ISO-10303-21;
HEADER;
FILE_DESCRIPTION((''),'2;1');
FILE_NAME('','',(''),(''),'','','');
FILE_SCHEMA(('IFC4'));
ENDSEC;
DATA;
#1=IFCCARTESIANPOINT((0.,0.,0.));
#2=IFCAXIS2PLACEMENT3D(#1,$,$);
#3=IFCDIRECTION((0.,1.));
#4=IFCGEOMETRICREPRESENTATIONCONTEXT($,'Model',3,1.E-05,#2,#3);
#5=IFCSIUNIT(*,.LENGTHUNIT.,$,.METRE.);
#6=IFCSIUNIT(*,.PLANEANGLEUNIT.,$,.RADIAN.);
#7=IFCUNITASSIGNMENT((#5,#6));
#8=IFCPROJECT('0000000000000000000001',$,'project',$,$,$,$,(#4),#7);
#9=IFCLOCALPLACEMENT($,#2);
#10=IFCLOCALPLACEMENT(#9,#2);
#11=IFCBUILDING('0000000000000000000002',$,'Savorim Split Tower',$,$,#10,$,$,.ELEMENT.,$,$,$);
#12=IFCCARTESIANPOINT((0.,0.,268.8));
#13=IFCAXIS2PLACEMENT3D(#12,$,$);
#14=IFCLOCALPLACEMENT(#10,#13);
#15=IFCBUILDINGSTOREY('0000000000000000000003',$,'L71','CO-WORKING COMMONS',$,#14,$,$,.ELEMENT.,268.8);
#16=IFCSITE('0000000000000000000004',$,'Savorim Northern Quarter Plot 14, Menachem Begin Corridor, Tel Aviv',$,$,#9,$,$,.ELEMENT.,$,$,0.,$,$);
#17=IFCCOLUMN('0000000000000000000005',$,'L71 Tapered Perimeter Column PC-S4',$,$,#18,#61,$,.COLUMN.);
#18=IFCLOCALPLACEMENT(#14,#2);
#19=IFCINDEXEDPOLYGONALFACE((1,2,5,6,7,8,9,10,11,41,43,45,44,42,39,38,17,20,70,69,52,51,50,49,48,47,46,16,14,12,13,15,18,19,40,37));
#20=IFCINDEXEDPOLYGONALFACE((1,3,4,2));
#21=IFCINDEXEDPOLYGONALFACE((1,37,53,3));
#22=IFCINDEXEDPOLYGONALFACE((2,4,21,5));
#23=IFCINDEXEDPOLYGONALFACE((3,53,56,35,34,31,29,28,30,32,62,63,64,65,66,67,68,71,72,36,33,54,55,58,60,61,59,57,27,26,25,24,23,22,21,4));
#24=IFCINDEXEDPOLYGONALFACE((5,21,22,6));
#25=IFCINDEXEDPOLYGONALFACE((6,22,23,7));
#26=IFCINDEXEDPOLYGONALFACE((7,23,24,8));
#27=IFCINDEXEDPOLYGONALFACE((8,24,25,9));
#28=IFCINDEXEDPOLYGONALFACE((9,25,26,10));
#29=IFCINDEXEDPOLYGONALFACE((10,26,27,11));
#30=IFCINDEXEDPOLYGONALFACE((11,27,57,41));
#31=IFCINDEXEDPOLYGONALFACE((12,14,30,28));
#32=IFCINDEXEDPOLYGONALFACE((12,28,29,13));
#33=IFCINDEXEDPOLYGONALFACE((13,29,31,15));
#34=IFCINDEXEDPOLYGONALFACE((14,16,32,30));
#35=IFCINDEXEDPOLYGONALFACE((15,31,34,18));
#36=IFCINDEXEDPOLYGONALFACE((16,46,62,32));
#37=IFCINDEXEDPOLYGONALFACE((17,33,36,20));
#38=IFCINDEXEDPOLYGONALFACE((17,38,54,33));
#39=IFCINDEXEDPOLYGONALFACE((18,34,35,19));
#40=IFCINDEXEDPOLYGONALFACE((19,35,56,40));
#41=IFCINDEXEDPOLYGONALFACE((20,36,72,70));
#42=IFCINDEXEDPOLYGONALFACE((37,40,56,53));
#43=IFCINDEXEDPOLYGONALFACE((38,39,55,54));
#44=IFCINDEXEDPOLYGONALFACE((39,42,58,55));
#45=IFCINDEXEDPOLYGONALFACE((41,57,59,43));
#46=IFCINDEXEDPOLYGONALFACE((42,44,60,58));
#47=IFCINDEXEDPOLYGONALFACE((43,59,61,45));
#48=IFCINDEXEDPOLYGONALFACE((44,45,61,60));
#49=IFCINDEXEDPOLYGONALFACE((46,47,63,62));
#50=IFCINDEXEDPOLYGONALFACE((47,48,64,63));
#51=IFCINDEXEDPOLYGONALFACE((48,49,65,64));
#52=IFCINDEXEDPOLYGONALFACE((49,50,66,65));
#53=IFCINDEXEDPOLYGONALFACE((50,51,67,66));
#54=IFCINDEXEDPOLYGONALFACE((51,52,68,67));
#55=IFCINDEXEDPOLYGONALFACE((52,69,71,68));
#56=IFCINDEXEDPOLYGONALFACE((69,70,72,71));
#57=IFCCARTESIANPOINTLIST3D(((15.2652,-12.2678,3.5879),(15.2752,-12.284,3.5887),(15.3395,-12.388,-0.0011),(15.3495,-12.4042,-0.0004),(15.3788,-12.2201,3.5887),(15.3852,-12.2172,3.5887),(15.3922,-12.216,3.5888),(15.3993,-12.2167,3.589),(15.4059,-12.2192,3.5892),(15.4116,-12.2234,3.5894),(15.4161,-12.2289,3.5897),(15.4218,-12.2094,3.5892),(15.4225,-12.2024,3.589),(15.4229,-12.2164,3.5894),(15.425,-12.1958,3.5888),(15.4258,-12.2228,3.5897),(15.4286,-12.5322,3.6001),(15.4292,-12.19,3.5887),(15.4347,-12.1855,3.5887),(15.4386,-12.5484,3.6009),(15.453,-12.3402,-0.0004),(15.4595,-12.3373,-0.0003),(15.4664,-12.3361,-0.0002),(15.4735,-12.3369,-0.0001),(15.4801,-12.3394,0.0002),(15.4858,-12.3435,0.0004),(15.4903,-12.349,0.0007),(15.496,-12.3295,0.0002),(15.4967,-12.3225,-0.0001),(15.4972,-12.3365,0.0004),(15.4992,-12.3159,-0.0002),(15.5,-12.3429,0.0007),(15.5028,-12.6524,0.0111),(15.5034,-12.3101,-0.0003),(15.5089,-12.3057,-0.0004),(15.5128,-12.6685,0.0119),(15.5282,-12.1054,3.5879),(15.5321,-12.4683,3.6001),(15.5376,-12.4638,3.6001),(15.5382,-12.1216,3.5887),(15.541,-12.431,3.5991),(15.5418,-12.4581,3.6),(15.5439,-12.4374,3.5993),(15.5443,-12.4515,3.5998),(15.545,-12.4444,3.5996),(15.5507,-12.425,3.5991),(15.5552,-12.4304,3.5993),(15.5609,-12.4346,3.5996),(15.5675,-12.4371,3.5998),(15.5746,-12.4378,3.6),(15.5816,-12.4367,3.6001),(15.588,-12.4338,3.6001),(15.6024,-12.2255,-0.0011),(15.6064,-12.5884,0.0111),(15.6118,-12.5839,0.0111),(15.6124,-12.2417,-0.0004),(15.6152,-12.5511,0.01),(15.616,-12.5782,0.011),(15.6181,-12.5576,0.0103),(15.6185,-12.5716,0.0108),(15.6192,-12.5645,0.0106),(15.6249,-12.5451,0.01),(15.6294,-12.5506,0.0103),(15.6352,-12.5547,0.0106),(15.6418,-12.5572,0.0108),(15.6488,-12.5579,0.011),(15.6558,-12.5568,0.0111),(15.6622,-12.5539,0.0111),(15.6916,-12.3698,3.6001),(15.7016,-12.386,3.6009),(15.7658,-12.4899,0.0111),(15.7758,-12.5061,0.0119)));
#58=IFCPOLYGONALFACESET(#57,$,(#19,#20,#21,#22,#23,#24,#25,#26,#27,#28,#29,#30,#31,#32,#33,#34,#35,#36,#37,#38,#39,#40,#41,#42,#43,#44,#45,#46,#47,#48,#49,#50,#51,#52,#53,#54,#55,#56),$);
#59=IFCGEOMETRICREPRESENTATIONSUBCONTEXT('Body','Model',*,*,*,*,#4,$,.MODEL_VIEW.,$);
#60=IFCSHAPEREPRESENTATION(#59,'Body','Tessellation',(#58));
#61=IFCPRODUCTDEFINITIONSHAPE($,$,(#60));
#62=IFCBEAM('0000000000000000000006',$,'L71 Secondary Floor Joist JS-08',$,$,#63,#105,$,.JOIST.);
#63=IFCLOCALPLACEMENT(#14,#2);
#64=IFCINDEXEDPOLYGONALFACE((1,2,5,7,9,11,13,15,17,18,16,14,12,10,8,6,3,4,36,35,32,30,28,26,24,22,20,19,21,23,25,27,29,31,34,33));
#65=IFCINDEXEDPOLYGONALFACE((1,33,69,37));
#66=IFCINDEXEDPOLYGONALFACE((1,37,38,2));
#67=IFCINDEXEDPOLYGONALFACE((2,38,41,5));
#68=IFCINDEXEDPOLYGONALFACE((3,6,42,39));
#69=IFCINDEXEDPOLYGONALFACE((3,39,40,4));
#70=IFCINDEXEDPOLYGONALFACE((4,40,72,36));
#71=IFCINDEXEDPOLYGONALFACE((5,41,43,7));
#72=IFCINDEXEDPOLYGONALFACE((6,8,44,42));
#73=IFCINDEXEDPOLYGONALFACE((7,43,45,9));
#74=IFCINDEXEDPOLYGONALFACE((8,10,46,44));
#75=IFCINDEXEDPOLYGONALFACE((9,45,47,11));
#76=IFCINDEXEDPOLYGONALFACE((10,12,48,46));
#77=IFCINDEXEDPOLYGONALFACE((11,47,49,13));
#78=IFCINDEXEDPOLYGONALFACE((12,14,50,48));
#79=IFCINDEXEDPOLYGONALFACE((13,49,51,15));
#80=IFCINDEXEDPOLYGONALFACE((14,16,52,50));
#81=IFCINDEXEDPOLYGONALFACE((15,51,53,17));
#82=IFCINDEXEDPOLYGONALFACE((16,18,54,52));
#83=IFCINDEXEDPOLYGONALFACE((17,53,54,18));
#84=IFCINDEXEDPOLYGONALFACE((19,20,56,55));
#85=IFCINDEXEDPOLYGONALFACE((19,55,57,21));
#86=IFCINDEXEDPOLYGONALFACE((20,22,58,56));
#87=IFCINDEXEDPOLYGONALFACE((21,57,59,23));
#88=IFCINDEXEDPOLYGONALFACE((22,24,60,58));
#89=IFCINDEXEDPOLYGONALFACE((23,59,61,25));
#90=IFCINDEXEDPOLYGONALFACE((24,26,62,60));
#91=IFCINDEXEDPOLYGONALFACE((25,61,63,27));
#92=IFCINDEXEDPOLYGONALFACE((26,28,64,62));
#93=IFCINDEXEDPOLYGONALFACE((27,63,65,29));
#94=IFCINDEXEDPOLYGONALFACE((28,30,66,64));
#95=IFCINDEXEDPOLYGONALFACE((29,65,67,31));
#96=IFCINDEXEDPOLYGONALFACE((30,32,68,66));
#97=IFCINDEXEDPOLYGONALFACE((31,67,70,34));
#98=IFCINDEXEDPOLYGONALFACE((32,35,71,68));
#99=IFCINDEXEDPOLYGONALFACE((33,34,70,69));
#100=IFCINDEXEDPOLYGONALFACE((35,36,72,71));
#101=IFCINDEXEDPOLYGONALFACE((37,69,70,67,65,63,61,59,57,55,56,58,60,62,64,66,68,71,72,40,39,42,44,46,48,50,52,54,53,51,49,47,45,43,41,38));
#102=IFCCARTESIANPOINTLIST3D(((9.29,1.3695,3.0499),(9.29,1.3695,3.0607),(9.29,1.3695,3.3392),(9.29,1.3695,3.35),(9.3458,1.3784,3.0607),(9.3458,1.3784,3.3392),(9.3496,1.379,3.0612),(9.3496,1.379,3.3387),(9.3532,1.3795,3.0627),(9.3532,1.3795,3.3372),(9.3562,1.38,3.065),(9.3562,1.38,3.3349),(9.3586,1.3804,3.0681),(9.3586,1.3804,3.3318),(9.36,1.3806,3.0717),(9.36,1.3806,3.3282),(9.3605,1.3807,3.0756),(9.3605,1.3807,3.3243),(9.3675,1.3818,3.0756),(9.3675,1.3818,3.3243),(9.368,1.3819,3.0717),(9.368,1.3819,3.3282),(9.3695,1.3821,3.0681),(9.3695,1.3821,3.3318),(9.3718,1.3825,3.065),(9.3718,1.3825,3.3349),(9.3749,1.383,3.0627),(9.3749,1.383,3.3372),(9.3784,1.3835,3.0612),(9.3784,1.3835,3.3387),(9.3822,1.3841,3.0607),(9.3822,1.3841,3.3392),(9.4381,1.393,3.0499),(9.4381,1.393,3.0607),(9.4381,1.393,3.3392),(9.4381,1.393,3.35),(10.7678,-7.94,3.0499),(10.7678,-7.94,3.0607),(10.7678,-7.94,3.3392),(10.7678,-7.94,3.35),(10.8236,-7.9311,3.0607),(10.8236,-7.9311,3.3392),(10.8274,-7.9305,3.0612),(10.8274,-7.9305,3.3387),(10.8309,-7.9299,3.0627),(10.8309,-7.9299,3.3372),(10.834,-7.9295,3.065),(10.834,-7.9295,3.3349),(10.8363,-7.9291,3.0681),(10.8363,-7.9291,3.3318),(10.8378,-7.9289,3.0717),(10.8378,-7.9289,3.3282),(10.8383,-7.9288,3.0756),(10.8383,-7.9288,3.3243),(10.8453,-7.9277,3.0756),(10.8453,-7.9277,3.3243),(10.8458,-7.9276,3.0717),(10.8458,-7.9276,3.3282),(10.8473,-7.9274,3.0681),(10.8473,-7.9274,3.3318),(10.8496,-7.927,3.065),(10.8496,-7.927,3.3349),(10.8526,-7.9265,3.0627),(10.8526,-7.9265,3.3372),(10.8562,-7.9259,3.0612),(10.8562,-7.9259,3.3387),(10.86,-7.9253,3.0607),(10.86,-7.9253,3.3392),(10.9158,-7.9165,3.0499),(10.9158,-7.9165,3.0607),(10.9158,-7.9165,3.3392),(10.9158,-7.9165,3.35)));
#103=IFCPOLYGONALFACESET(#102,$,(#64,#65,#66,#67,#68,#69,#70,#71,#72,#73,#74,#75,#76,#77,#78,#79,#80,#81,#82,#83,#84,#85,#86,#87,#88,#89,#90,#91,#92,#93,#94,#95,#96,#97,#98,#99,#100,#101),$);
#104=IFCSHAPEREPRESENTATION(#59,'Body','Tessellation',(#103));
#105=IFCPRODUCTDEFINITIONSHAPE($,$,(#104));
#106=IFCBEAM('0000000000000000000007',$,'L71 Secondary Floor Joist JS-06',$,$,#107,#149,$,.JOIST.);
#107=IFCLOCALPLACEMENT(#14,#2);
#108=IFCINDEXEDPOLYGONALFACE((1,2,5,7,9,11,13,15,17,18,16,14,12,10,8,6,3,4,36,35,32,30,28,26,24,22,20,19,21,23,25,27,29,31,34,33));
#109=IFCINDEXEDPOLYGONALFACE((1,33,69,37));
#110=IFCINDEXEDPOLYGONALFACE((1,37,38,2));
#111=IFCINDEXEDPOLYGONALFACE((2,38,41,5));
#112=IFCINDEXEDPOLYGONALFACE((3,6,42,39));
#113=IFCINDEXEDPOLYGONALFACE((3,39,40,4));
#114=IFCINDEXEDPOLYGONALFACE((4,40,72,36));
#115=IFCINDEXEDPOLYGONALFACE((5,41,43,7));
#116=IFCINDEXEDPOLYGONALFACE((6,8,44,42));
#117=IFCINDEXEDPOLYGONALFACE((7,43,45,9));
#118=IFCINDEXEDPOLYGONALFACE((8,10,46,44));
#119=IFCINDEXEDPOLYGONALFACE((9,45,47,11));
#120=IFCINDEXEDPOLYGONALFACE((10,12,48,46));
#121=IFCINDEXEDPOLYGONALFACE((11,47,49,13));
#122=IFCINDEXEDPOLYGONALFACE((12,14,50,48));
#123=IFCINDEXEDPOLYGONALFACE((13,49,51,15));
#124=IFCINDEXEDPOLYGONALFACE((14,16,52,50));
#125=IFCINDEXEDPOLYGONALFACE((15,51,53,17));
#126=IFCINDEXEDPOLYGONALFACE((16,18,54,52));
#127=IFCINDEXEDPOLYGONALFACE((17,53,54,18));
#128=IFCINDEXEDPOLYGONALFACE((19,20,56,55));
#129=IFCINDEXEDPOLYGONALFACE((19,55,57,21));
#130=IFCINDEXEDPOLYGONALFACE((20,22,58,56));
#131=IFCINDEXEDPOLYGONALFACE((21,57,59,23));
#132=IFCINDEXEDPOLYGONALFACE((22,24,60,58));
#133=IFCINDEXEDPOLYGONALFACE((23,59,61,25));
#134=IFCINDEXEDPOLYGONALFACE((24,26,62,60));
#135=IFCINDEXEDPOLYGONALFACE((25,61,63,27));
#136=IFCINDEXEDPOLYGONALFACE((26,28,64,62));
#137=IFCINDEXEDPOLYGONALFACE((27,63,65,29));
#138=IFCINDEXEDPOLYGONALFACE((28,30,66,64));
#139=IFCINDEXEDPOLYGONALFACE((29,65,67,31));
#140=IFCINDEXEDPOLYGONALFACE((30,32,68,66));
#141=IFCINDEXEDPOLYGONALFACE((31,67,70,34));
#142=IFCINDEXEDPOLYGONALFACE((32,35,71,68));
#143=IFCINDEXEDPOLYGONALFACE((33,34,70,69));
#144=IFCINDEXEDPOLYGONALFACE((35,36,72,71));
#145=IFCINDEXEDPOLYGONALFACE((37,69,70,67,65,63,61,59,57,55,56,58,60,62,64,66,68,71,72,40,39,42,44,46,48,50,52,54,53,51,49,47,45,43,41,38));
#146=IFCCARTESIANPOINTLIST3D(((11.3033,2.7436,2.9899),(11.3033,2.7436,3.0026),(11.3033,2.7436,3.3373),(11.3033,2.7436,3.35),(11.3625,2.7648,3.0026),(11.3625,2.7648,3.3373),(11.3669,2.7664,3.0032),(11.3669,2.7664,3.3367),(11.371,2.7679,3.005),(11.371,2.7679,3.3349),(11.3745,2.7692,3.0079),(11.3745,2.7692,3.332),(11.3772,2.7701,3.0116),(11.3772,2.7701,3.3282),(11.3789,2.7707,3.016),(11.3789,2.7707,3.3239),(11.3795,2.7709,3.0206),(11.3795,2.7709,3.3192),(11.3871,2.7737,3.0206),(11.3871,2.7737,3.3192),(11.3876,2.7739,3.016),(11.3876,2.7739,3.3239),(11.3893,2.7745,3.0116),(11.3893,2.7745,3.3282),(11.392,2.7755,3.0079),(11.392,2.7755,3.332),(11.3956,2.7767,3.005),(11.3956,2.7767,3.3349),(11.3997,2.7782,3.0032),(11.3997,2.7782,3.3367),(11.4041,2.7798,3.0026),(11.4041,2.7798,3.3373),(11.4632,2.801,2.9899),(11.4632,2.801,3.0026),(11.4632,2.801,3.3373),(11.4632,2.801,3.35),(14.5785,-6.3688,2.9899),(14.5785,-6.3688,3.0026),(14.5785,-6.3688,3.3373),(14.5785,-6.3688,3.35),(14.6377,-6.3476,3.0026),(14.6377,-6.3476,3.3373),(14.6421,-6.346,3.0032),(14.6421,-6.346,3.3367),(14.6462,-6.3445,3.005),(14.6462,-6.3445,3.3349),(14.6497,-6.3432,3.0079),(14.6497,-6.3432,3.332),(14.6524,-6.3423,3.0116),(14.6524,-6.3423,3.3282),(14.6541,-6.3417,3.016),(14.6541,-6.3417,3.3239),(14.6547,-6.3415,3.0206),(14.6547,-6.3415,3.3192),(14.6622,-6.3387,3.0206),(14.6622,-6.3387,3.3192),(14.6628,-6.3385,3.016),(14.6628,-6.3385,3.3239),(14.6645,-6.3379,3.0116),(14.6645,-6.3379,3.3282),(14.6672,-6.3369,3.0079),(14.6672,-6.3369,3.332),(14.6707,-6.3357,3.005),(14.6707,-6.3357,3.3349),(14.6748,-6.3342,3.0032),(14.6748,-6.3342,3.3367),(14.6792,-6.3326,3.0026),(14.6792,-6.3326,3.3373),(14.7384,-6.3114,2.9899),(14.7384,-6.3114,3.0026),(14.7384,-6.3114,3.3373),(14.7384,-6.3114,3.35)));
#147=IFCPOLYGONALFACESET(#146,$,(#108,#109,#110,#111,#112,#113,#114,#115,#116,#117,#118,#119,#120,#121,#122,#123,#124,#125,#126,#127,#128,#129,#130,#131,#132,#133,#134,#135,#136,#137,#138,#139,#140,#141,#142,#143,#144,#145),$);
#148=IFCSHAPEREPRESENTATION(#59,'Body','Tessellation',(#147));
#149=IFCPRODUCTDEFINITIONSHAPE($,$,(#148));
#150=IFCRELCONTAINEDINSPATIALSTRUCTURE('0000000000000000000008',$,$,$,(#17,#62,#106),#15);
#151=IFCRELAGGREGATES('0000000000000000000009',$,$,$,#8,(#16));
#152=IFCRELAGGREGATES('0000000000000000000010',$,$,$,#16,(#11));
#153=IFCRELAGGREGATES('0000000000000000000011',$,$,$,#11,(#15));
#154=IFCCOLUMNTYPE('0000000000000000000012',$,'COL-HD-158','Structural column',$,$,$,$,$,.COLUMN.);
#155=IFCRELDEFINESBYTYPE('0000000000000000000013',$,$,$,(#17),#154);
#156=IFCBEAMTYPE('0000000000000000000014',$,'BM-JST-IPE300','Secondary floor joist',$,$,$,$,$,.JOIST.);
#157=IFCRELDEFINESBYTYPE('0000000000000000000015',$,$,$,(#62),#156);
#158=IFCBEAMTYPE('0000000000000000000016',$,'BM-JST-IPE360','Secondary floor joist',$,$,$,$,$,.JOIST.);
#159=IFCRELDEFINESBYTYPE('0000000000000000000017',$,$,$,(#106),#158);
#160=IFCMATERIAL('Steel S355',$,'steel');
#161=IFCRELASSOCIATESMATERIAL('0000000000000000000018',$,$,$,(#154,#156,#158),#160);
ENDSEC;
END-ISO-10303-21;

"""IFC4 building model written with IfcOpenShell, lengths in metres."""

from ifc_helpers import new_model, si_unit, direction, frame, origin, origin_2d, place, context, subcontext, project, spatial, i_section, extrude, material, material_profile, profile_set, type_object, element, save


model = new_model("IFC4")

# Units and contexts
model_context = context("Model", 3, precision=1e-05, world=origin(), true_north=direction((0.0, 1.0)))
body_context = subcontext(model_context, "Body", "Model", "MODEL_VIEW")
ifc_project = project(units=[si_unit("LENGTHUNIT", "METRE"), si_unit("PLANEANGLEUNIT", "RADIAN")], contexts=[model_context])

# Site, building, storey
site_placement = place(None, origin())
site = spatial("IfcSite", under=ifc_project, at=site_placement, Name="Savorim Northern Quarter Plot 14, Menachem Begin Corridor, Tel Aviv", CompositionType="ELEMENT", RefElevation=0.0)
building_placement = place(site_placement, origin())
building = spatial("IfcBuilding", under=site, at=building_placement, Name="Savorim Split Tower", CompositionType="ELEMENT")
storey_placement = place(building_placement, frame((0.0, 0.0, 268.8)))
storey = spatial("IfcBuildingStorey", under=building, at=storey_placement, Name="L71", Description="CO-WORKING COMMONS", CompositionType="ELEMENT", Elevation=268.8)

# Column
ifc_material_1 = material(Name="Steel S355", Category="steel")
ifc_material_profile_1 = material_profile(ifc_material_1, i_section(OverallWidth=0.3091, OverallDepth=0.3301, WebThickness=0.0115, FlangeThickness=0.019, FilletRadius=0.0271, at=origin_2d()), Name="HD 320x158")
ifc_profile_set_1 = profile_set([ifc_material_profile_1], Name="Steel S355")
column_type = type_object("IfcColumnType", Name="COL-HD-158", Description="Structural column", PredefinedType="COLUMN", material=ifc_profile_set_1)
column_placement = place(storey_placement, frame((15.5576, -12.447, 0.0054), z_axis=(-0.020663, 0.033441, 0.999227), x_axis=(-0.850707, -0.52564, 0.0)))
element("IfcColumn", 1, at=column_placement, inside=storey, type_object=column_type, Name="L71 Tapered Perimeter Column PC-S4", PredefinedType="COLUMN", context=body_context, shape_type="SweptSolid", body=[
    extrude(i_section(OverallWidth=0.3091, OverallDepth=0.3301, WebThickness=0.0115, FlangeThickness=0.019, FilletRadius=0.0271, at=origin_2d()), origin(), (0.0, 0.0, 1.0), 3.5918),
])

# Beams
ifc_material_profile_2 = material_profile(ifc_material_1, i_section(OverallWidth=0.1499, OverallDepth=0.3, WebThickness=0.0071, FlangeThickness=0.0107, FilletRadius=0.0149, at=origin_2d()), Name="IPE 300")
ifc_profile_set_2 = profile_set([ifc_material_profile_2], Name="Steel S355")
beam_type_1 = type_object("IfcBeamType", Name="BM-JST-IPE300", Description="Secondary floor joist", PredefinedType="JOIST", material=ifc_profile_set_2)
beam_1_placement = place(storey_placement, frame((10.8418, -7.9282, 3.2), z_axis=(-0.156775, 0.987634, 0.0), x_axis=(-0.987634, -0.156775, 0.0)))
element("IfcBeam", 2, at=beam_1_placement, inside=storey, type_object=beam_type_1, Name="L71 Secondary Floor Joist JS-08", PredefinedType="JOIST", context=body_context, shape_type="SweptSolid", body=[
    extrude(i_section(OverallWidth=0.1499, OverallDepth=0.3, WebThickness=0.0071, FlangeThickness=0.0107, FilletRadius=0.0149, at=origin_2d()), origin(), (0.0, 0.0, 1.0), 9.426),
])
ifc_material_profile_3 = material_profile(ifc_material_1, i_section(OverallWidth=0.1699, OverallDepth=0.3601, WebThickness=0.0081, FlangeThickness=0.0127, FilletRadius=0.0181, at=origin_2d()), Name="IPE 360")
ifc_profile_set_3 = profile_set([ifc_material_profile_3], Name="Steel S355")
beam_type_2 = type_object("IfcBeamType", Name="BM-JST-IPE360", Description="Secondary floor joist", PredefinedType="JOIST", material=ifc_profile_set_3)
beam_2_placement = place(storey_placement, frame((14.6584, -6.3401, 3.1699), z_axis=(-0.338236, 0.941061, 0.0), x_axis=(-0.941061, -0.338236, 0.0)))
element("IfcBeam", 3, at=beam_2_placement, inside=storey, type_object=beam_type_2, Name="L71 Secondary Floor Joist JS-06", PredefinedType="JOIST", context=body_context, shape_type="SweptSolid", body=[
    extrude(i_section(OverallWidth=0.1699, OverallDepth=0.3601, WebThickness=0.0081, FlangeThickness=0.0127, FilletRadius=0.0181, at=origin_2d()), origin(), (0.0, 0.0, 1.0), 9.6831),
])

save(model, "model.ifc")
